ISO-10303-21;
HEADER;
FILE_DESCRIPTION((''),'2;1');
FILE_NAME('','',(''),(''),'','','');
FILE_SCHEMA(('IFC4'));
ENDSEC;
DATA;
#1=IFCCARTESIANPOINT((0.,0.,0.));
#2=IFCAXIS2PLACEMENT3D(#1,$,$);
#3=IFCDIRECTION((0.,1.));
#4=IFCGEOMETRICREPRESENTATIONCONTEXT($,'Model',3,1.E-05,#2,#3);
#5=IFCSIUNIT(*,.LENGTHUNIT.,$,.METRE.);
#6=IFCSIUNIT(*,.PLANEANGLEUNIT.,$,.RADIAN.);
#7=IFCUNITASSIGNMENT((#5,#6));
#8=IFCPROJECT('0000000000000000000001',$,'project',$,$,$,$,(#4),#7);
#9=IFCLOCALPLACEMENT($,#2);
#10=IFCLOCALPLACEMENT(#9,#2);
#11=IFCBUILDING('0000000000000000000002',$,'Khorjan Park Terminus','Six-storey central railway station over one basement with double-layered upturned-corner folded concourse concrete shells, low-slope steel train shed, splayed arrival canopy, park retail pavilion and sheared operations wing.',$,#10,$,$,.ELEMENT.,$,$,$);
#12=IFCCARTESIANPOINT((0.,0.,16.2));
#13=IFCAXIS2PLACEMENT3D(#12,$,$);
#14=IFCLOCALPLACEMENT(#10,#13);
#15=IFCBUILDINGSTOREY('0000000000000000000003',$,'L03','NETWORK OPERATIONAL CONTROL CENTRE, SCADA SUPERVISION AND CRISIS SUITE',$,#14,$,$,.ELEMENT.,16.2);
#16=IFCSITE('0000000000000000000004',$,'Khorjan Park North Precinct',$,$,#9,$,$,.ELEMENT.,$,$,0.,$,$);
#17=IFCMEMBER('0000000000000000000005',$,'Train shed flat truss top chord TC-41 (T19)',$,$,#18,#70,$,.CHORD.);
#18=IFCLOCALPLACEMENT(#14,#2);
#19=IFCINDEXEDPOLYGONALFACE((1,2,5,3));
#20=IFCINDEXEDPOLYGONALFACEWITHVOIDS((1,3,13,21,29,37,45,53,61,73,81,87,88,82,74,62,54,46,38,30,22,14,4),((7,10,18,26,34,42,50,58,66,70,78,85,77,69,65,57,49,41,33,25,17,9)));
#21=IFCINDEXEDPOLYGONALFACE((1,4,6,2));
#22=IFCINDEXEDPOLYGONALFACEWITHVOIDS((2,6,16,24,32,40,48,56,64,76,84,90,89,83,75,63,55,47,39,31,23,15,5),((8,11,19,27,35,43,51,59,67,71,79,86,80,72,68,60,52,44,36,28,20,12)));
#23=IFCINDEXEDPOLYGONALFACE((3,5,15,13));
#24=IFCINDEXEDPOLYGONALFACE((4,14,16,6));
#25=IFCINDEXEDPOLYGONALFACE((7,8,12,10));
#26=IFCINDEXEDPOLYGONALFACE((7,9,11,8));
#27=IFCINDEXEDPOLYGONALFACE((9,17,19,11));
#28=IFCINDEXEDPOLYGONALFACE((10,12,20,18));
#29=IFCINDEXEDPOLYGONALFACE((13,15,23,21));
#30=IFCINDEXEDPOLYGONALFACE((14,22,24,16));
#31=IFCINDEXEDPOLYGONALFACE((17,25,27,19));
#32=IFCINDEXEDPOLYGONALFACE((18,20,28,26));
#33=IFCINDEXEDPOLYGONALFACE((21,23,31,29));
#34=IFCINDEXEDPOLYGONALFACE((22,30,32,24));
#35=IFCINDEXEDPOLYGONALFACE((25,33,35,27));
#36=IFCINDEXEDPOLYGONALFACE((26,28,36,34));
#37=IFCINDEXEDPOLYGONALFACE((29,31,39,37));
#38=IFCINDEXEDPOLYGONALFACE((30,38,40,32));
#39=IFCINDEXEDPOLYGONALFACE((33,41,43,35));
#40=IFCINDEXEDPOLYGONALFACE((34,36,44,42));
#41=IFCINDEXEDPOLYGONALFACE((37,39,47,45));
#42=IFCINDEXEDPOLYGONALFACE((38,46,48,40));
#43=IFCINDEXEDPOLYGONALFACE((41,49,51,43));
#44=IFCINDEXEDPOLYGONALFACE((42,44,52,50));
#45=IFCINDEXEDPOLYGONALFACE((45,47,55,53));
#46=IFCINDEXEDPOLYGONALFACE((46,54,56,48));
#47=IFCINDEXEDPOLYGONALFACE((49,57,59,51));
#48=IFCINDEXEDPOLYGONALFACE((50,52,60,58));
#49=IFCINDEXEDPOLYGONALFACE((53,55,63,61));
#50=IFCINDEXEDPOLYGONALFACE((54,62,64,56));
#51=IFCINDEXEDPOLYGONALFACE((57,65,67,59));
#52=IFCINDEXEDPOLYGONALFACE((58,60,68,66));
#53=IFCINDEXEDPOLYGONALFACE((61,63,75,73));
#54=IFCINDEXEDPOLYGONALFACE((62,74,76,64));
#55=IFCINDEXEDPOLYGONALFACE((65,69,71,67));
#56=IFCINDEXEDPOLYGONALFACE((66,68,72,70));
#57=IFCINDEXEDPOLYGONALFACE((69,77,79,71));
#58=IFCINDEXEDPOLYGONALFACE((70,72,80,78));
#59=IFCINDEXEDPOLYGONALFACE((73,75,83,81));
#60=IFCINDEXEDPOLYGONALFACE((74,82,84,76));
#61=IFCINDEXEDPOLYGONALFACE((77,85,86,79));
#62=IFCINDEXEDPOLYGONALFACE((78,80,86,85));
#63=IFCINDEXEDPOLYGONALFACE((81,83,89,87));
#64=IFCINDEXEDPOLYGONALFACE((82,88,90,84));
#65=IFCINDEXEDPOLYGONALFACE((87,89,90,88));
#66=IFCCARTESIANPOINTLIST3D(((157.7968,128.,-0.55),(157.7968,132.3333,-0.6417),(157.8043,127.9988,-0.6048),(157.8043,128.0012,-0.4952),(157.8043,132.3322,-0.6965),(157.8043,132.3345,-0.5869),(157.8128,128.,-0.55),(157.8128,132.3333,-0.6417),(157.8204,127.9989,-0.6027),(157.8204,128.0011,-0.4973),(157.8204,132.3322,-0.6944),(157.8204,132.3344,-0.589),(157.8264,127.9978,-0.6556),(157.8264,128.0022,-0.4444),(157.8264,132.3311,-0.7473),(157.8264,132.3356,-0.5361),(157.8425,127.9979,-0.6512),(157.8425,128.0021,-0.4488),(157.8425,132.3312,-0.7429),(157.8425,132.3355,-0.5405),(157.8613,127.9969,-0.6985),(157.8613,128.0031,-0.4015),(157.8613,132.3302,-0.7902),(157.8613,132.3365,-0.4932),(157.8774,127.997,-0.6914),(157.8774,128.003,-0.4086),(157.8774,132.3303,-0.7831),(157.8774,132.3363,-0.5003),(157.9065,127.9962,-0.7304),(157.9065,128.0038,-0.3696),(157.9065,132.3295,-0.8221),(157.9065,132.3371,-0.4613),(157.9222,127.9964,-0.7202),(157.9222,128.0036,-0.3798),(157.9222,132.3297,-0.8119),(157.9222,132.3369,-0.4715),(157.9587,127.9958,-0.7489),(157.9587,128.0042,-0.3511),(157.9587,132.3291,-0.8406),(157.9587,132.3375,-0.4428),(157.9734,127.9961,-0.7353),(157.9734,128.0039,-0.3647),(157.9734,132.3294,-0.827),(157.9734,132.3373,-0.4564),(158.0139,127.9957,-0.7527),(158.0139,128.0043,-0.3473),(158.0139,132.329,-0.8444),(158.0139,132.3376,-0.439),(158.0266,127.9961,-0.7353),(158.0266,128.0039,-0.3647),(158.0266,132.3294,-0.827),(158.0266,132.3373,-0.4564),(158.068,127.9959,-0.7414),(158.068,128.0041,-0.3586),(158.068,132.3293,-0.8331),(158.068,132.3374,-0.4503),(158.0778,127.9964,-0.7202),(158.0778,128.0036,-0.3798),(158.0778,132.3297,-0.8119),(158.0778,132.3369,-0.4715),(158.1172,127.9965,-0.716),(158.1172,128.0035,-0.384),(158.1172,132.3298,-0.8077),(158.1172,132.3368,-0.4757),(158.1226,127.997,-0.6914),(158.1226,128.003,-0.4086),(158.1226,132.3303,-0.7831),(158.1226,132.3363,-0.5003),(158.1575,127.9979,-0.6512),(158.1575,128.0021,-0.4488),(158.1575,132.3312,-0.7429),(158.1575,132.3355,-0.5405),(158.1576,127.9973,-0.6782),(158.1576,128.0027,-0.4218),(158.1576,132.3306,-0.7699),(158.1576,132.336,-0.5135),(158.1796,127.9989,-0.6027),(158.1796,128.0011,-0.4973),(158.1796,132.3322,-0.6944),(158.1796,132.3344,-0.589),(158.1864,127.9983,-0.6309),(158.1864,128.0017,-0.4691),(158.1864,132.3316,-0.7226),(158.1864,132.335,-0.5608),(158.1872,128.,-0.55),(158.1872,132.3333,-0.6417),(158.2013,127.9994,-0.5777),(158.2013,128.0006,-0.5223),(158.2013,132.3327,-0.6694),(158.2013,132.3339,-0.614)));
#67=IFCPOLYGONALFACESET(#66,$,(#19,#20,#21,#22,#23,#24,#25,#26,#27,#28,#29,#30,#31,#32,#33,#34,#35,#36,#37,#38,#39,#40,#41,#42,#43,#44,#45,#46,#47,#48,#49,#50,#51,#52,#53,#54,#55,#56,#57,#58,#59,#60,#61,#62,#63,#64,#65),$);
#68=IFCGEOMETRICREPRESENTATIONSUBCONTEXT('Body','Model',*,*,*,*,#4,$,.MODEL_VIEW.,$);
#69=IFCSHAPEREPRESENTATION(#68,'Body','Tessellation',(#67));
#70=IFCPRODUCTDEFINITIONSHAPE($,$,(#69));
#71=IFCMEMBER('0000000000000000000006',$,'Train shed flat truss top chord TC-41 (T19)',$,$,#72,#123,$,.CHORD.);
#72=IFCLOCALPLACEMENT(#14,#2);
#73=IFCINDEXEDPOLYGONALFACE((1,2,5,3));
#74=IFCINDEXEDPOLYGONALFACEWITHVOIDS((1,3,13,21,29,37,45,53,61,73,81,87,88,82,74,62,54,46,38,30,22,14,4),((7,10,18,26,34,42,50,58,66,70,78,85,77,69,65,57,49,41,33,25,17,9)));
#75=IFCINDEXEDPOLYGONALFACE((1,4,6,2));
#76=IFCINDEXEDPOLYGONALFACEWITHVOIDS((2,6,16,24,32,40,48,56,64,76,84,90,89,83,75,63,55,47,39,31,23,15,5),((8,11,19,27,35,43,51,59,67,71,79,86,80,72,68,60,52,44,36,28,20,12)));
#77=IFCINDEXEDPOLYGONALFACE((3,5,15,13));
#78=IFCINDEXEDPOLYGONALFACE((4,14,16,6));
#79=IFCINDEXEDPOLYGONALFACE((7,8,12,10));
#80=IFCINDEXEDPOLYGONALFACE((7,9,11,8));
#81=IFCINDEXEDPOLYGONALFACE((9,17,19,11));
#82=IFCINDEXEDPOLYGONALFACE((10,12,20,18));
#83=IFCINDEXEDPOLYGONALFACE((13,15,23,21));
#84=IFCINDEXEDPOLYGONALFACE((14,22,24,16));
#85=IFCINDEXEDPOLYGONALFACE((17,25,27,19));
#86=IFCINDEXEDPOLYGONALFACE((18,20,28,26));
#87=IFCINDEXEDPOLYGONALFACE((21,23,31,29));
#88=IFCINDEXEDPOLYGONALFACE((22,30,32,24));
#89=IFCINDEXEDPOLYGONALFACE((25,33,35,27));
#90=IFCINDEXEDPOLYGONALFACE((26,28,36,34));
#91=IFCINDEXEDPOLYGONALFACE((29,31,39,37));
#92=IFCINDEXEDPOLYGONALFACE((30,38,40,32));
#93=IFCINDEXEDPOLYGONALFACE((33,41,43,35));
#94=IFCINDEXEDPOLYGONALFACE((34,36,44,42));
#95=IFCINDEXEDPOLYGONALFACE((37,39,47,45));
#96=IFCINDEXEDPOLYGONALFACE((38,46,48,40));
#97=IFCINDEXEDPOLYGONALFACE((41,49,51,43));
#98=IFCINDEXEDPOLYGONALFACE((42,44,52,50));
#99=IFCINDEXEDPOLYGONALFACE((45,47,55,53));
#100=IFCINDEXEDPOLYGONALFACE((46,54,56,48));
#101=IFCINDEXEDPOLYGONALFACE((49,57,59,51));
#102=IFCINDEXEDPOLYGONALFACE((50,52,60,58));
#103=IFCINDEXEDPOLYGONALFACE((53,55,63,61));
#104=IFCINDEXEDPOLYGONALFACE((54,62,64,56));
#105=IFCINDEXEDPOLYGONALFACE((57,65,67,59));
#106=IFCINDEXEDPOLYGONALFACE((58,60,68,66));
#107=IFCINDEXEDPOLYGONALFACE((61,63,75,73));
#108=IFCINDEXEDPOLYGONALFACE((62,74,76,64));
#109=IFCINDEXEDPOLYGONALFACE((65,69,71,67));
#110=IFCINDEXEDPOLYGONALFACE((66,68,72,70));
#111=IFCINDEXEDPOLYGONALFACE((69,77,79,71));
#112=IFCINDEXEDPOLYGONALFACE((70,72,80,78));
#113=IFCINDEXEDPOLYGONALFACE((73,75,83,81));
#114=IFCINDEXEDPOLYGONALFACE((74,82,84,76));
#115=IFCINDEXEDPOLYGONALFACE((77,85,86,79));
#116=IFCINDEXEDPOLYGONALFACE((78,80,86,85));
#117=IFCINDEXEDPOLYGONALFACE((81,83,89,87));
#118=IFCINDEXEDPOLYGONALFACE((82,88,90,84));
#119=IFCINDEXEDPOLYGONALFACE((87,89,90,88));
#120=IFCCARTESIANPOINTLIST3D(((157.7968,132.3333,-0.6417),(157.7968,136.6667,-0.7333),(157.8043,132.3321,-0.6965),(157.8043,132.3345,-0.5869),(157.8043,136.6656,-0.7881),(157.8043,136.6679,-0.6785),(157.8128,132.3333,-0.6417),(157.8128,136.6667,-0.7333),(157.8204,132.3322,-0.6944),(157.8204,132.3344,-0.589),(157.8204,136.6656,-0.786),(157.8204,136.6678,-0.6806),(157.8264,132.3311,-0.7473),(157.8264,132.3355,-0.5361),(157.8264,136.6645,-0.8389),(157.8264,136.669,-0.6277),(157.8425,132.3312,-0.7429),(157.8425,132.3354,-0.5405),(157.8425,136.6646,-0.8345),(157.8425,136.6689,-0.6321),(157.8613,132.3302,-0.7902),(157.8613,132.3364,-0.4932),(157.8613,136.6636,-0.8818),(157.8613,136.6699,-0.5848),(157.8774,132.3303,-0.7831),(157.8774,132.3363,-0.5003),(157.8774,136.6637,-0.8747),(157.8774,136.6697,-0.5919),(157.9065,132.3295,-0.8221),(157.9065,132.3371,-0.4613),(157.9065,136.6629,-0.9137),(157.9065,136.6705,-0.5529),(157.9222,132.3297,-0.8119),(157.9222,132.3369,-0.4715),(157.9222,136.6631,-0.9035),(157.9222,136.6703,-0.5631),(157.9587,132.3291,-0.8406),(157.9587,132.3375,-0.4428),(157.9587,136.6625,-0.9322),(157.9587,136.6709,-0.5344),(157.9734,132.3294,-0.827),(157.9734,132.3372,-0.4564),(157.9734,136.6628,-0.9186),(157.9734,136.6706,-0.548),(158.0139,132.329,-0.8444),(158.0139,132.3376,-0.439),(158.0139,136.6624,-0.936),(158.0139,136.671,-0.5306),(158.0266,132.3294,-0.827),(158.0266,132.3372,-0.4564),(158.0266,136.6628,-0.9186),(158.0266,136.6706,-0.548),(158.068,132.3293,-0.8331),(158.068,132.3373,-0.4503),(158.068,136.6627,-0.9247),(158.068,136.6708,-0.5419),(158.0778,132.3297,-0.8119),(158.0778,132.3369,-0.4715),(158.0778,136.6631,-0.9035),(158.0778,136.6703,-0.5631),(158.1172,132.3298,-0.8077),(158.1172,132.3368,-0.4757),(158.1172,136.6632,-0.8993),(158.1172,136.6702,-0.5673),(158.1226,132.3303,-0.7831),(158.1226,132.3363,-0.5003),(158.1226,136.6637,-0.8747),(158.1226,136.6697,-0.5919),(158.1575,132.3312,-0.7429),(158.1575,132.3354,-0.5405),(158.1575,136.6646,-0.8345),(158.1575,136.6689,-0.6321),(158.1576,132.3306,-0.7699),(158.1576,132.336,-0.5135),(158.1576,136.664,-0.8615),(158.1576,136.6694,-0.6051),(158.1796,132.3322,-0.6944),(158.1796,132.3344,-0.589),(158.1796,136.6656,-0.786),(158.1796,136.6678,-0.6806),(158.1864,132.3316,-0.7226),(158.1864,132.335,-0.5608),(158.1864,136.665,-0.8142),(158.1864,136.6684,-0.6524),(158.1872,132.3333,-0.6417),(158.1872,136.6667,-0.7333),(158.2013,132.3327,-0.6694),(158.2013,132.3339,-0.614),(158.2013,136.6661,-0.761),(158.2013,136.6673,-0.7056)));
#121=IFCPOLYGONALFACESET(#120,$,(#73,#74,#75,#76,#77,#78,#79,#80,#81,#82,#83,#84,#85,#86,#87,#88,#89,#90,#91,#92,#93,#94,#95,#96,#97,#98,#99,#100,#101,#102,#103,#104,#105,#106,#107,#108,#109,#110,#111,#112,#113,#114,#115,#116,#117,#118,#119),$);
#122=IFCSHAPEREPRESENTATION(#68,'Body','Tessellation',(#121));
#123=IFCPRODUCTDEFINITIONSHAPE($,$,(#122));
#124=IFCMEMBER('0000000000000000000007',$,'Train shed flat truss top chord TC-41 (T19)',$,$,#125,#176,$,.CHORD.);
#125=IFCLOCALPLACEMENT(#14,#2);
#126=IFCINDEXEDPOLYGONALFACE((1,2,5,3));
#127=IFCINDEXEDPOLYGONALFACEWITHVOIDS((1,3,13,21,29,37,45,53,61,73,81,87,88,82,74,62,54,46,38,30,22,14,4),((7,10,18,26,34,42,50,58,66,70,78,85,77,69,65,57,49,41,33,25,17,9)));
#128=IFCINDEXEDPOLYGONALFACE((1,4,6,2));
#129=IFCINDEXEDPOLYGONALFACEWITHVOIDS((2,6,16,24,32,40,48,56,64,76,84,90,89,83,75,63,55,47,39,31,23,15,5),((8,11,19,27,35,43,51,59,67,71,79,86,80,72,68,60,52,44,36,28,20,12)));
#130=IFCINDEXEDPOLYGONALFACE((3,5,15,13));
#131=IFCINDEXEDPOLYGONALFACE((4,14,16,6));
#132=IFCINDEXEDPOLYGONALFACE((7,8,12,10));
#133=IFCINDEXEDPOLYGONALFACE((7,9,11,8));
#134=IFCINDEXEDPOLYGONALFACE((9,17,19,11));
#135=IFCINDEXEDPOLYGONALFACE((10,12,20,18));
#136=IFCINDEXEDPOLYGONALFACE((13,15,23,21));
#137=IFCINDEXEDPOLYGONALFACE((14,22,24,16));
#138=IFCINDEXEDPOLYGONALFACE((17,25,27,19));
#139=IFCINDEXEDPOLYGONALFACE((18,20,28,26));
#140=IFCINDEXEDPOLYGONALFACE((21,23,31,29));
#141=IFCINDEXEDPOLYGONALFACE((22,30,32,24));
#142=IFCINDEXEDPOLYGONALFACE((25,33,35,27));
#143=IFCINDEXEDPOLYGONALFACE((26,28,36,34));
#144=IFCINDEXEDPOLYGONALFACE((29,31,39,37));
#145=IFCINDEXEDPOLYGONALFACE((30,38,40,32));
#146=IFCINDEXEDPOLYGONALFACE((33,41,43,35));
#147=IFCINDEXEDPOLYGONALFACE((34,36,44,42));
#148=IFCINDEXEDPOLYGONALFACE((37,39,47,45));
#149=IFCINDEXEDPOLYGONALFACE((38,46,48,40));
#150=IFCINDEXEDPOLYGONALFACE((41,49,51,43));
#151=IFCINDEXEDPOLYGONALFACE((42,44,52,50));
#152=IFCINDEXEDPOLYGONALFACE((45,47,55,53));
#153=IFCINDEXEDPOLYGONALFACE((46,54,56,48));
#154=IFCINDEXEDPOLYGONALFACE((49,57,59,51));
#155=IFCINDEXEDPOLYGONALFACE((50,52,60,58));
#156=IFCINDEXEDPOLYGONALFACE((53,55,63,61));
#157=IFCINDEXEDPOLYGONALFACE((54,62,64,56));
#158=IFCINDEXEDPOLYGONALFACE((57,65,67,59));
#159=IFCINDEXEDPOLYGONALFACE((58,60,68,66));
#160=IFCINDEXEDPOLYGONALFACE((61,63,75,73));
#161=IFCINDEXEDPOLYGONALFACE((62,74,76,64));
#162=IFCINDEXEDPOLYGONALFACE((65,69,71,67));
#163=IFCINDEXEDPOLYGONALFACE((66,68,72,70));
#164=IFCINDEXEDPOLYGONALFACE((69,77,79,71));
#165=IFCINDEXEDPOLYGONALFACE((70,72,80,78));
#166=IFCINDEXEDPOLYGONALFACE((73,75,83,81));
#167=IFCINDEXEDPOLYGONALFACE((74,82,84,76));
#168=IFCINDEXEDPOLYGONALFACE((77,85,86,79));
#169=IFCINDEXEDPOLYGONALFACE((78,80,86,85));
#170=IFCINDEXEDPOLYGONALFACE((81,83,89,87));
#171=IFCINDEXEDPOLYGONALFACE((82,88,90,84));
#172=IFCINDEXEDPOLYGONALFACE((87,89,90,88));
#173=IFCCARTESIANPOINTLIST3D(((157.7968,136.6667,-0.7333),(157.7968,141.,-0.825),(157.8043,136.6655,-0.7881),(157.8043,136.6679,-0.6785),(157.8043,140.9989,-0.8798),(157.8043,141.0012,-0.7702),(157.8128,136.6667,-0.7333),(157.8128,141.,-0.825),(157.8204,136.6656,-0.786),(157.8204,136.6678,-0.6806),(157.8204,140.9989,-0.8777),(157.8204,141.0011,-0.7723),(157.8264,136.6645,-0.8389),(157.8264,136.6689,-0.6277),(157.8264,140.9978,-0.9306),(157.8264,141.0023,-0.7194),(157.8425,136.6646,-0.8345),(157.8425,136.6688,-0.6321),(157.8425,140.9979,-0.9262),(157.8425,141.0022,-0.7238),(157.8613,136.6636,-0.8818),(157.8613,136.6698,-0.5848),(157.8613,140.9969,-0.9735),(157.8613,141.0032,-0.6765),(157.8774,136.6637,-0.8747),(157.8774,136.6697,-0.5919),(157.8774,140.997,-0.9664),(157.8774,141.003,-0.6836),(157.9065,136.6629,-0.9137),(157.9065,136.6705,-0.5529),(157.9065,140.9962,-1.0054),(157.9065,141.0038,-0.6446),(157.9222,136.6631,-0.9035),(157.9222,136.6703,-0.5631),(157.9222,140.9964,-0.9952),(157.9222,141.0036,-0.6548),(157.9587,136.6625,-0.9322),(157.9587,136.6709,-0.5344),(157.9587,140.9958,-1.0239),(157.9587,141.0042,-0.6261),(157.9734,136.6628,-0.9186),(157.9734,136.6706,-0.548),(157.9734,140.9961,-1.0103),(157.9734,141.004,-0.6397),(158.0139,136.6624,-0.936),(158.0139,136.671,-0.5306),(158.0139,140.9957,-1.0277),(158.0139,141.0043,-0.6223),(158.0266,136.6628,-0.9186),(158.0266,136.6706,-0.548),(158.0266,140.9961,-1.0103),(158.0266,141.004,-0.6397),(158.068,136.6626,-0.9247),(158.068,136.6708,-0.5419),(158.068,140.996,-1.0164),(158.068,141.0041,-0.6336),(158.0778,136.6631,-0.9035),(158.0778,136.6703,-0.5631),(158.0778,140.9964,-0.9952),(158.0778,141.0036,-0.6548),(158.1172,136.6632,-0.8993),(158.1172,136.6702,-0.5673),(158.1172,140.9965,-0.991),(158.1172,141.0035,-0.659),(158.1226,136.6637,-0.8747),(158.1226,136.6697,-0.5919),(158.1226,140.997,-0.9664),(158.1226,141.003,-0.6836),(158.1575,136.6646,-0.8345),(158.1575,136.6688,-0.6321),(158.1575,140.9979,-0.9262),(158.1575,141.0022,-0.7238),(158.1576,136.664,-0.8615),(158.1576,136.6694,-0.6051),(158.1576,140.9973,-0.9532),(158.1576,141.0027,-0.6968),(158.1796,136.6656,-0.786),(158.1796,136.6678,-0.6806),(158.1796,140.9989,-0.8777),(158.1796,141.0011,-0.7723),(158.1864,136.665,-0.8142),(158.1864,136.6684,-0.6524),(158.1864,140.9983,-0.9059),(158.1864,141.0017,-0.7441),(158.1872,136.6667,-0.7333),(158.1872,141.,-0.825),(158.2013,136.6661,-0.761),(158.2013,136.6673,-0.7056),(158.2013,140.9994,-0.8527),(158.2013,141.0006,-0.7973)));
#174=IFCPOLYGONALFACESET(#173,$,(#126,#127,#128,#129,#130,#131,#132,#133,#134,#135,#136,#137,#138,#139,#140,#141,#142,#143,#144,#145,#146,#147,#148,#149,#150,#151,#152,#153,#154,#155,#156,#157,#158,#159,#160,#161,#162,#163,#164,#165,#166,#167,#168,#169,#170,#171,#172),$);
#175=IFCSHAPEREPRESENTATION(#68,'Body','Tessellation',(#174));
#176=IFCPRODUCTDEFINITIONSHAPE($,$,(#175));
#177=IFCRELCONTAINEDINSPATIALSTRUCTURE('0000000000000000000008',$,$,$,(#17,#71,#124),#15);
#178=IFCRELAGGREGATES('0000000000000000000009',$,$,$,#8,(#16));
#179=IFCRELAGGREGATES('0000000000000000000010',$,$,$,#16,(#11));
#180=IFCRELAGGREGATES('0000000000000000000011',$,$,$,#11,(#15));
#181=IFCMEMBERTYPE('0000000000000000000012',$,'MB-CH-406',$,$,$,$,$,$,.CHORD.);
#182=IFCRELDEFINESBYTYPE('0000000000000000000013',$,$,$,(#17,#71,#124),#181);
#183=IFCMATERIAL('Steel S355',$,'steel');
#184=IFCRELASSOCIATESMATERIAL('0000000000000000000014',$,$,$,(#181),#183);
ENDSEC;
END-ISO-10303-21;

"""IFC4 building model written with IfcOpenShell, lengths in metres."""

from ifc_helpers import new_model, si_unit, direction, frame, origin, origin_2d, place, context, subcontext, project, spatial, hollow_circle, extrude, material, material_profile, profile_set, type_object, element, save


model = new_model("IFC4")

# Units and contexts
model_context = context("Model", 3, precision=1e-05, world=origin(), true_north=direction((0.0, 1.0)))
body_context = subcontext(model_context, "Body", "Model", "MODEL_VIEW")
ifc_project = project(units=[si_unit("LENGTHUNIT", "METRE"), si_unit("PLANEANGLEUNIT", "RADIAN")], contexts=[model_context])

# Site, building, storey
site_placement = place(None, origin())
site = spatial("IfcSite", under=ifc_project, at=site_placement, Name="Khorjan Park North Precinct", CompositionType="ELEMENT", RefElevation=0.0)
building_placement = place(site_placement, origin())
building = spatial("IfcBuilding", under=site, at=building_placement, Name="Khorjan Park Terminus", Description="Six-storey central railway station over one basement with double-layered upturned-corner folded concourse concrete shells, low-slope steel train shed, splayed arrival canopy, park retail pavilion and sheared operations wing.", CompositionType="ELEMENT")
storey_placement = place(building_placement, frame((0.0, 0.0, 16.2)))
storey = spatial("IfcBuildingStorey", under=building, at=storey_placement, Name="L03", Description="NETWORK OPERATIONAL CONTROL CENTRE, SCADA SUPERVISION AND CRISIS SUITE", CompositionType="ELEMENT", Elevation=16.2)

# Members
ifc_material = material(Name="Steel S355", Category="steel")
ifc_material_profile_1 = material_profile(ifc_material, hollow_circle(Radius=0.2032, WallThickness=0.016, at=origin_2d()), Name="CHS 406.4x16")
ifc_profile_set_1 = profile_set([ifc_material_profile_1], Name="Steel S355")
member_type_1 = type_object("IfcMemberType", Name="MB-CH-406", PredefinedType="CHORD", material=ifc_profile_set_1)
for number, where, z_axis, x_axis, name in (
    (1, (158.0, 128.0, -0.55), (0.0, 0.999776, -0.021157), (-1.0, 0.0, 0.0), "Train shed flat truss top chord TC-41 (T19)"),
):
    element("IfcMember", number, at=place(storey_placement, frame(where, z_axis=z_axis, x_axis=x_axis)), inside=storey, type_object=member_type_1, Name=name, PredefinedType="CHORD", context=body_context, shape_type="SweptSolid", body=[
        extrude(hollow_circle(Radius=0.2032, WallThickness=0.016, at=origin_2d()), origin(), (0.0, 0.0, 1.0), 4.3343),
    ])
member_1_placement = place(storey_placement, frame((158.0, 132.3333, -0.6417), z_axis=(0.0, 0.999777, -0.021133), x_axis=(-1.0, 0.0, 0.0)))
element("IfcMember", 2, at=member_1_placement, inside=storey, type_object=member_type_1, Name="Train shed flat truss top chord TC-41 (T19)", PredefinedType="CHORD", context=body_context, shape_type="SweptSolid", body=[
    extrude(hollow_circle(Radius=0.2032, WallThickness=0.016, at=origin_2d()), origin(), (0.0, 0.0, 1.0), 4.3344),
])
member_2_placement = place(storey_placement, frame((158.0, 136.6667, -0.7333), z_axis=(0.0, 0.999776, -0.021157), x_axis=(-1.0, 0.0, 0.0)))
element("IfcMember", 3, at=member_2_placement, inside=storey, type_object=member_type_1, Name="Train shed flat truss top chord TC-41 (T19)", PredefinedType="CHORD", context=body_context, shape_type="SweptSolid", body=[
    extrude(hollow_circle(Radius=0.2032, WallThickness=0.016, at=origin_2d()), origin(), (0.0, 0.0, 1.0), 4.3343),
])

save(model, "model.ifc")
